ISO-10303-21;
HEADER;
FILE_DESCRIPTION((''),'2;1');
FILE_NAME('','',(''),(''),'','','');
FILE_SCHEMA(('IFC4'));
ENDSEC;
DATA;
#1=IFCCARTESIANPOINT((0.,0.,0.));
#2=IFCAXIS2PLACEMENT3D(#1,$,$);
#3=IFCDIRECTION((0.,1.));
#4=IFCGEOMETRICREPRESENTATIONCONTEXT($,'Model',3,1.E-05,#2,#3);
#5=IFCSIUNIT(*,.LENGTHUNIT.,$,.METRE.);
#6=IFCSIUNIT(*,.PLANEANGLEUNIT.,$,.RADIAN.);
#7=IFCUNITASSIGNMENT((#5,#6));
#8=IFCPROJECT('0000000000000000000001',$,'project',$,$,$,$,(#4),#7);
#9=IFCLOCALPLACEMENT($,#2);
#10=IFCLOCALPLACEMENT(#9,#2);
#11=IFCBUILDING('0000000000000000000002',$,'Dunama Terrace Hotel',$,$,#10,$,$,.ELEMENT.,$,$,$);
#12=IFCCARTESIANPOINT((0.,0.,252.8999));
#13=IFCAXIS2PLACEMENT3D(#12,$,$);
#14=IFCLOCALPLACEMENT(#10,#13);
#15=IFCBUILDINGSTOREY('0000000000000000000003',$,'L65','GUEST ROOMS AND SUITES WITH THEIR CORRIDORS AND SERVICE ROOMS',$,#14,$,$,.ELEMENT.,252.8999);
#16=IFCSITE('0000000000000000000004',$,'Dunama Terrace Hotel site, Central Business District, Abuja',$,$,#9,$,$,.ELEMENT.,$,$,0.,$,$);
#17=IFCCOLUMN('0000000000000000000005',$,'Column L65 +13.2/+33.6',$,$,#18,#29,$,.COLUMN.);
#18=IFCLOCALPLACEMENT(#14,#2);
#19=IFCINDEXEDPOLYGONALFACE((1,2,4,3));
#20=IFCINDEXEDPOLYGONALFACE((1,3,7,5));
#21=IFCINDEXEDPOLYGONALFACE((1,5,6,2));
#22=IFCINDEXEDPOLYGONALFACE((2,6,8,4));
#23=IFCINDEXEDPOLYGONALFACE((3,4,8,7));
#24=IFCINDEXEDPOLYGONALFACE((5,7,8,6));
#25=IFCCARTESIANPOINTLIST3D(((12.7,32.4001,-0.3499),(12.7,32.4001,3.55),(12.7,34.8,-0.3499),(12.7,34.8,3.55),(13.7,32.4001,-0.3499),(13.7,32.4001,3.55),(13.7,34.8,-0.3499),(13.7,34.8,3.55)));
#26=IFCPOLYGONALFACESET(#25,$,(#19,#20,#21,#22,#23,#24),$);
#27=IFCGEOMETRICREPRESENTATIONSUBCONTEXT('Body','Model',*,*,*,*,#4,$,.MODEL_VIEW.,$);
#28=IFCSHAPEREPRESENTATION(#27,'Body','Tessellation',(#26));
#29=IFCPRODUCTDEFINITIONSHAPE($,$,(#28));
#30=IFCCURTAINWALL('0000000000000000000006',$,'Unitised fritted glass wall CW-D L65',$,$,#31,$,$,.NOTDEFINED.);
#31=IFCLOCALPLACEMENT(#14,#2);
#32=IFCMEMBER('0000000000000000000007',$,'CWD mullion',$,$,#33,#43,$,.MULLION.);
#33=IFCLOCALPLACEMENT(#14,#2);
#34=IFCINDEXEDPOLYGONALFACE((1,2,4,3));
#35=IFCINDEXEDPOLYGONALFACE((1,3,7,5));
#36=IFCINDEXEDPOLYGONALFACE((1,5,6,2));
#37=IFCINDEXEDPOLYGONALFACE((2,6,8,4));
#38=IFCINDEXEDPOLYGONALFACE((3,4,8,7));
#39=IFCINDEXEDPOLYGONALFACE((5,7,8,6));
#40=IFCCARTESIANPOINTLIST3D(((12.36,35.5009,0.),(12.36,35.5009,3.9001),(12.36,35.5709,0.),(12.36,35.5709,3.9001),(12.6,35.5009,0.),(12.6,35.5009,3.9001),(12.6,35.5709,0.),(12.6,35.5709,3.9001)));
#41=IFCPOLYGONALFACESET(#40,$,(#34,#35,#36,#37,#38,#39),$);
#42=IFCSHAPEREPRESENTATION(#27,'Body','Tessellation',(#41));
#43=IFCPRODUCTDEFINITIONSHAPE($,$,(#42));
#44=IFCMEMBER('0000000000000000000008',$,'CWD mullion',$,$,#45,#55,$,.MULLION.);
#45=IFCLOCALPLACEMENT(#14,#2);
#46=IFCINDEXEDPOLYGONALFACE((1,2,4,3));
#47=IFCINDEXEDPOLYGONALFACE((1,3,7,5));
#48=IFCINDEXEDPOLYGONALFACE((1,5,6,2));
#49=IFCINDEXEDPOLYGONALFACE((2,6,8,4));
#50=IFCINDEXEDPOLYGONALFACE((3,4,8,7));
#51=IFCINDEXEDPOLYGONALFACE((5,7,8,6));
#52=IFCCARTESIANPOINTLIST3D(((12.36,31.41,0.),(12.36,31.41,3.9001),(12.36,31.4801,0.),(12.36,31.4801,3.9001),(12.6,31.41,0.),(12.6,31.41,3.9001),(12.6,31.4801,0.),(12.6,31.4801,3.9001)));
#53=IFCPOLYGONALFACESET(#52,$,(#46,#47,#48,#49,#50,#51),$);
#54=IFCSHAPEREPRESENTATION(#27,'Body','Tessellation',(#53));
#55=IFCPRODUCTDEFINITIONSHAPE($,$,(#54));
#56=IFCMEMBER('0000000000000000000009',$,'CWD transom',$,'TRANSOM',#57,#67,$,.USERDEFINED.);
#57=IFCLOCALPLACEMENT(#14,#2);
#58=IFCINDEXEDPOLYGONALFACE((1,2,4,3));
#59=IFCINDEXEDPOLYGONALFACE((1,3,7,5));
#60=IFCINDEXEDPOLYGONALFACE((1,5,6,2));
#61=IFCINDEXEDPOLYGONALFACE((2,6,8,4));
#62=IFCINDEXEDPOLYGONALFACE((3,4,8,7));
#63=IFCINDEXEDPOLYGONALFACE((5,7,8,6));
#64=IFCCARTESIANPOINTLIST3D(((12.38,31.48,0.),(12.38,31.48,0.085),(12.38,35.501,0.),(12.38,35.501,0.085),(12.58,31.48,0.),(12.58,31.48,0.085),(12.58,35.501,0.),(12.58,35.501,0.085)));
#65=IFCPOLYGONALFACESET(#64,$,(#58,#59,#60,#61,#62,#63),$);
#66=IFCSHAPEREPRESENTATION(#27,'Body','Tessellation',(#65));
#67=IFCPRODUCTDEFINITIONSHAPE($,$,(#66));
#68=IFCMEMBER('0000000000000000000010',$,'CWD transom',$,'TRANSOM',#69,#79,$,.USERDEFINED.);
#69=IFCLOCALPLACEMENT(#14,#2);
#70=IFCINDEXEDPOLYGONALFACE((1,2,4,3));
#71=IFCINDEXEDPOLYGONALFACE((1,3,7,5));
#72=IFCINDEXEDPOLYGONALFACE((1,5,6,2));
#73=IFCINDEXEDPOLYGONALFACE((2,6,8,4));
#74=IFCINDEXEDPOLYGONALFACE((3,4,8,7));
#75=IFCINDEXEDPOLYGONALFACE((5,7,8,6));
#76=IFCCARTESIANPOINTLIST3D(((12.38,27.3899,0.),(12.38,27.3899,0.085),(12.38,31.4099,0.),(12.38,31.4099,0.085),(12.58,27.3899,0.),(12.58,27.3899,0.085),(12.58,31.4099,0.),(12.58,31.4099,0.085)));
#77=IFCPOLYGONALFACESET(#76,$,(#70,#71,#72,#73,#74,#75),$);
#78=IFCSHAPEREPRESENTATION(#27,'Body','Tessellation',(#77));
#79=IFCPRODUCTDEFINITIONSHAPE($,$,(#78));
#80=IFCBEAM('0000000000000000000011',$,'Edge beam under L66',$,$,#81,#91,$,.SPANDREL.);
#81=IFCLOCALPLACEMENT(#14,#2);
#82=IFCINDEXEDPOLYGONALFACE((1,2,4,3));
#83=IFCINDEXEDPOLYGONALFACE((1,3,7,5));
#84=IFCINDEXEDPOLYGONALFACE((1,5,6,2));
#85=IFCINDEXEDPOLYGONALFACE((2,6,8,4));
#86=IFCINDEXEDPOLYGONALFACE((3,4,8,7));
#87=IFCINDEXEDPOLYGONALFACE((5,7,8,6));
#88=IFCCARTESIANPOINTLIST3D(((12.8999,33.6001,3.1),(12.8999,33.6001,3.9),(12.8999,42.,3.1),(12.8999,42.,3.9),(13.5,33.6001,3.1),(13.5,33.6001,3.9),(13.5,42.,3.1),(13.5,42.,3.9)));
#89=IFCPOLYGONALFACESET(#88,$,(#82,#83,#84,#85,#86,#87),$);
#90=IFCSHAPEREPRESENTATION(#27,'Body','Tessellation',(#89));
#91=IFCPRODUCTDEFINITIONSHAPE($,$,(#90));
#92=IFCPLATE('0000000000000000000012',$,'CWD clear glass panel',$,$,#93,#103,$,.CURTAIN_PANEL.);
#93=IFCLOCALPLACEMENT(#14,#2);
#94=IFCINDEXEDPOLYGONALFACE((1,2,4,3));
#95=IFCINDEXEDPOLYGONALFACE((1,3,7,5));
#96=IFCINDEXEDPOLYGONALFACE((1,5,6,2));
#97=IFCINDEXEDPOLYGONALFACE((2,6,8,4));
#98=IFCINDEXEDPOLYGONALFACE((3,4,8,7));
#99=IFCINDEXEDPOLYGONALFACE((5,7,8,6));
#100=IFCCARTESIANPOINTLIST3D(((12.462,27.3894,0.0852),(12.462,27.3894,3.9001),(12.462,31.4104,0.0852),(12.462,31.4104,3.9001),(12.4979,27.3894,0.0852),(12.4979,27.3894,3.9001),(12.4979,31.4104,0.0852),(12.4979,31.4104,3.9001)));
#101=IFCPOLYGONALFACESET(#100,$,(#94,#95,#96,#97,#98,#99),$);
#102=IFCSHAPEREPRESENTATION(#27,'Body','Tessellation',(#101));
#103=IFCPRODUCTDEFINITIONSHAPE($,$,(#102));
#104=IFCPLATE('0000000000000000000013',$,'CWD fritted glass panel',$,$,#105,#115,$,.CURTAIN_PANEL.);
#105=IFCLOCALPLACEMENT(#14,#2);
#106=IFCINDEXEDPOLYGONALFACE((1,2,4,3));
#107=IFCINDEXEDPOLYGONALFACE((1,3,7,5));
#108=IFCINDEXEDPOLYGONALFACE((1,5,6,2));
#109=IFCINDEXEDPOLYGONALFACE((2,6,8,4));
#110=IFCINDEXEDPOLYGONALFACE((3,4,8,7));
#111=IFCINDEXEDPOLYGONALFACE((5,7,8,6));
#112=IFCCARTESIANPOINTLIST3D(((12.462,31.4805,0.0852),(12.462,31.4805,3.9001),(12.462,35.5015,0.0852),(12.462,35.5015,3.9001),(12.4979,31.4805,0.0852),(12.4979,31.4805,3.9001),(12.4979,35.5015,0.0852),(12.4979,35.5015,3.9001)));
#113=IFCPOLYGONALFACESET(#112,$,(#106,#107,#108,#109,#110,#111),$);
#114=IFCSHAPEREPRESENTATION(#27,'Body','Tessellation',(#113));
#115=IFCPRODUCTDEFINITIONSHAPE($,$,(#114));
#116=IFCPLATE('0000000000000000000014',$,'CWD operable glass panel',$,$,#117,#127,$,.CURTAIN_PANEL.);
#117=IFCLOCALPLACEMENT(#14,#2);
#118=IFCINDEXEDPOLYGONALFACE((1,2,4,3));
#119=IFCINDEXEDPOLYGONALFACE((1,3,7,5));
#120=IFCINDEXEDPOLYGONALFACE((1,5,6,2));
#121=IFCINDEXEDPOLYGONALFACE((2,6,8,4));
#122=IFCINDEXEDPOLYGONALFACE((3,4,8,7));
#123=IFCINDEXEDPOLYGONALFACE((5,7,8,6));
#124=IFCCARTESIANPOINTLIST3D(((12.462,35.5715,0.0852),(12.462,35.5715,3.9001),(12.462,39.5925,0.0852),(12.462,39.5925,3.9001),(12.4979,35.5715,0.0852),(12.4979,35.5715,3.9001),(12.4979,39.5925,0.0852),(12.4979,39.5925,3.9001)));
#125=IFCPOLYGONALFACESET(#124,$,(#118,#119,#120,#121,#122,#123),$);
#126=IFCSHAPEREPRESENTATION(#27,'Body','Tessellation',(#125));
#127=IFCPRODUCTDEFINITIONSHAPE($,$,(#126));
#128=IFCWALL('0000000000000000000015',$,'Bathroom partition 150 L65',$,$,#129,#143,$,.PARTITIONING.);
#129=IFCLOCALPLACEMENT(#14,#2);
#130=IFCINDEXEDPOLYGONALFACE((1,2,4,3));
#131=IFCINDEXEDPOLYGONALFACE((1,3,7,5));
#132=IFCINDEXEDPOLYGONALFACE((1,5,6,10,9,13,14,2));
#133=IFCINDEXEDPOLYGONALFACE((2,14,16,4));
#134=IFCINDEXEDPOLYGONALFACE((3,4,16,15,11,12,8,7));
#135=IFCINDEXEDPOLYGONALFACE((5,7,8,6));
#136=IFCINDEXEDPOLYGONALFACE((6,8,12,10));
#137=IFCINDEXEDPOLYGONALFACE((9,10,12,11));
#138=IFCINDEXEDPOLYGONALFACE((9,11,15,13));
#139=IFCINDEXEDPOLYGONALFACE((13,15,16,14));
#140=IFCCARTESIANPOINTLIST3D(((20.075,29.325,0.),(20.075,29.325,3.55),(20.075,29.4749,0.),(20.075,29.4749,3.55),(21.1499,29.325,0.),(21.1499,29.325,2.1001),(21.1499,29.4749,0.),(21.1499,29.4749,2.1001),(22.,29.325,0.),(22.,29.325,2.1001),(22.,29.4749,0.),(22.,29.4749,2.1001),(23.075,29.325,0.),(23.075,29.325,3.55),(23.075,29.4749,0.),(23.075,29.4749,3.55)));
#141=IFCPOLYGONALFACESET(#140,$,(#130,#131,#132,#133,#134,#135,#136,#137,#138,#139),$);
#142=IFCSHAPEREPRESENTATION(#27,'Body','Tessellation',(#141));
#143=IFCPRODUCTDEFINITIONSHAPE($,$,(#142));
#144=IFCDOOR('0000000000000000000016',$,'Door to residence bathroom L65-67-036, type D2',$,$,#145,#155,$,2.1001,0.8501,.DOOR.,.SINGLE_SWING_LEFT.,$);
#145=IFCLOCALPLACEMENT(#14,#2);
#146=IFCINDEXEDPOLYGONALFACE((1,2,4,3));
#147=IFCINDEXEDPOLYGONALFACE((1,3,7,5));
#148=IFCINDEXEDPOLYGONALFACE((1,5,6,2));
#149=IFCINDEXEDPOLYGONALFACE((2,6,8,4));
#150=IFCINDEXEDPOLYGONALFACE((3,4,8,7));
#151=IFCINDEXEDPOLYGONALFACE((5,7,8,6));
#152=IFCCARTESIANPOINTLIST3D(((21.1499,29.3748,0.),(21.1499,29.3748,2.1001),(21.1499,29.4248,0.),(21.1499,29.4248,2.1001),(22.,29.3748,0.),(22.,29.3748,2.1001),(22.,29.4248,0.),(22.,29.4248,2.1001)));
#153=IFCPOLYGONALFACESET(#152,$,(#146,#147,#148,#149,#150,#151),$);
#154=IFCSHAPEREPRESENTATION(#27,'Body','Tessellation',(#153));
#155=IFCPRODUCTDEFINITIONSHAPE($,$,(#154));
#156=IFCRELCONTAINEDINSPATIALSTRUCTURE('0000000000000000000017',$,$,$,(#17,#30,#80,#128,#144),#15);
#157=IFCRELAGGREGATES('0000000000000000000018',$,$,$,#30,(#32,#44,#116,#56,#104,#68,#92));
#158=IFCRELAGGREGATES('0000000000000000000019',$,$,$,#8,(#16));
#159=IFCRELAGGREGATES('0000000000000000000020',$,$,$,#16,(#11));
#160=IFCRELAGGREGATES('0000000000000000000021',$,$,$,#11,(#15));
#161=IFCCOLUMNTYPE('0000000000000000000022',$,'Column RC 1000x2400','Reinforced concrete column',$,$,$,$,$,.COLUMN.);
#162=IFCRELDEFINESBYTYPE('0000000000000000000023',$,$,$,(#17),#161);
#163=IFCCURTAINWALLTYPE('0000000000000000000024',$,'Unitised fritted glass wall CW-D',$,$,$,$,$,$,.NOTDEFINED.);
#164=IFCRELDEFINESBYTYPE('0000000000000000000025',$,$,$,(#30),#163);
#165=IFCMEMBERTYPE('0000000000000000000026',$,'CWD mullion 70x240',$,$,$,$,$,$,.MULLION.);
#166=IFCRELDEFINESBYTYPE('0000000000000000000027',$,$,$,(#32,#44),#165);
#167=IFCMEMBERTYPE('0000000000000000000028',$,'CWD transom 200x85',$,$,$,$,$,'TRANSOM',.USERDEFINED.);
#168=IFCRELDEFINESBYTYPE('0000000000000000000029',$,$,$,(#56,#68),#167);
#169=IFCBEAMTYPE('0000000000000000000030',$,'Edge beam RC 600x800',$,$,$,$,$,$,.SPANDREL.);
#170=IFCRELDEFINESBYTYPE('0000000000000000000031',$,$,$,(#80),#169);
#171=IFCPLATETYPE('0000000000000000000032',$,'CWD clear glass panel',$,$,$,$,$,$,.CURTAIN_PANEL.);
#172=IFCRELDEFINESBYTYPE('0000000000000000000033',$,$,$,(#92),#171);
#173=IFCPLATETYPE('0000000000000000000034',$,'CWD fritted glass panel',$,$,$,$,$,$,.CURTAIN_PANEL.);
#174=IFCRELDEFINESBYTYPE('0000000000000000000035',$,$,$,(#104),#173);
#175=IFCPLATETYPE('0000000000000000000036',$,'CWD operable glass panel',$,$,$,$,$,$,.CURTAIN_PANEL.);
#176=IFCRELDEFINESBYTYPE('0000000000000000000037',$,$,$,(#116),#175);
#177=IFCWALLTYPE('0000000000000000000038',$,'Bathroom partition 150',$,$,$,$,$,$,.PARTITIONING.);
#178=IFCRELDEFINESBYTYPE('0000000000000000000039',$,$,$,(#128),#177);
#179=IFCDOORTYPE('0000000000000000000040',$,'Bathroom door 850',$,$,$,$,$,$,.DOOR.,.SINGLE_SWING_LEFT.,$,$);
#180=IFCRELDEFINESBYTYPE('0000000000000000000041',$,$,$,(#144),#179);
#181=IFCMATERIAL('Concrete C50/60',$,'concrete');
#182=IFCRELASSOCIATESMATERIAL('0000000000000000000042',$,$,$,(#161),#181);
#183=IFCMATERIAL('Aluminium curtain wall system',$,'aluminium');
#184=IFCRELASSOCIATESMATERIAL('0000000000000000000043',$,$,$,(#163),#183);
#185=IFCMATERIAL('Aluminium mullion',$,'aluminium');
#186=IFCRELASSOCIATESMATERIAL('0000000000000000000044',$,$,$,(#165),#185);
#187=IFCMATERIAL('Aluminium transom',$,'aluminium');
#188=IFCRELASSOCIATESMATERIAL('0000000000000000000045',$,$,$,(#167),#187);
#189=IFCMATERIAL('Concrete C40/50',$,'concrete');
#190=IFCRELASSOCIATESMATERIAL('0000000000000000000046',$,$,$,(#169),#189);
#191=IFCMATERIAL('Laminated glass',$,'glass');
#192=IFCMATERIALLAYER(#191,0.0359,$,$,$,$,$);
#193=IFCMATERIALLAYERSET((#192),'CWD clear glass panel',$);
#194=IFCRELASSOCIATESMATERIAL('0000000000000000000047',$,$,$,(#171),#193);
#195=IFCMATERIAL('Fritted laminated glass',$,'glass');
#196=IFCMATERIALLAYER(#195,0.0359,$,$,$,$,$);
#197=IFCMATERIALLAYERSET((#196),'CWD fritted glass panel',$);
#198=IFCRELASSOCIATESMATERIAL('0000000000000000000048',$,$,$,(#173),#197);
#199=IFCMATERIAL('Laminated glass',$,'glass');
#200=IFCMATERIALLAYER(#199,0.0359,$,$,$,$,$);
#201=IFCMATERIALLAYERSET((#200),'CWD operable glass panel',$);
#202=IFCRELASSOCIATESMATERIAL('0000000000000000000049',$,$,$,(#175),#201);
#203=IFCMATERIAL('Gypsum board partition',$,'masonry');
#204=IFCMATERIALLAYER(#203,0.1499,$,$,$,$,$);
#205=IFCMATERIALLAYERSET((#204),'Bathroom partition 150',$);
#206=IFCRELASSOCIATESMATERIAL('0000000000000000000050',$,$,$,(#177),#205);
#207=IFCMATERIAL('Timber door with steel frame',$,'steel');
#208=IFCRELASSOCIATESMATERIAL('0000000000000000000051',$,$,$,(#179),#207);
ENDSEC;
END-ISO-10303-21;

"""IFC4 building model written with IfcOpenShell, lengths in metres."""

from ifc_helpers import new_model, si_unit, direction, frame, frame_2d, origin, origin_2d, place, context, subcontext, project, spatial, rectangle, extrude, material, layer, layer_set, material_profile, profile_set, type_object, element, fill, aggregate, save


model = new_model("IFC4")

# Units and contexts
model_context = context("Model", 3, precision=1e-05, world=origin(), true_north=direction((0.0, 1.0)))
body_context = subcontext(model_context, "Body", "Model", "MODEL_VIEW")
ifc_project = project(units=[si_unit("LENGTHUNIT", "METRE"), si_unit("PLANEANGLEUNIT", "RADIAN")], contexts=[model_context])

# Site, building, storey
site_placement = place(None, origin())
site = spatial("IfcSite", under=ifc_project, at=site_placement, Name="Dunama Terrace Hotel site, Central Business District, Abuja", CompositionType="ELEMENT", RefElevation=0.0)
building_placement = place(site_placement, origin())
building = spatial("IfcBuilding", under=site, at=building_placement, Name="Dunama Terrace Hotel", CompositionType="ELEMENT")
storey_placement = place(building_placement, frame((0.0, 0.0, 252.8999)))
storey = spatial("IfcBuildingStorey", under=building, at=storey_placement, Name="L65", Description="GUEST ROOMS AND SUITES WITH THEIR CORRIDORS AND SERVICE ROOMS", CompositionType="ELEMENT", Elevation=252.8999)

# Column
ifc_material_1 = material(Name="Concrete C50/60", Category="concrete")
ifc_material_profile_1 = material_profile(ifc_material_1, rectangle(XDim=1.0, YDim=2.3999, at=origin_2d()), Name="RC 1000x2400")
ifc_profile_set_1 = profile_set([ifc_material_profile_1], Name="Concrete C50/60")
column_type = type_object("IfcColumnType", Name="Column RC 1000x2400", Description="Reinforced concrete column", PredefinedType="COLUMN", material=ifc_profile_set_1)
column_placement = place(storey_placement, frame((13.2, 33.6001, -0.3499), z_axis=(0.0, 0.0, 1.0), x_axis=(1.0, 0.0, 0.0)))
element("IfcColumn", 1, at=column_placement, inside=storey, type_object=column_type, Name="Column L65 +13.2/+33.6", PredefinedType="COLUMN", context=body_context, shape_type="SweptSolid", body=[
    extrude(rectangle(XDim=1.0, YDim=2.3999, at=origin_2d()), origin(), (0.0, 0.0, 1.0), 3.8999),
])

# Curtain wall, members
ifc_material_2 = material(Name="Aluminium curtain wall system", Category="aluminium")
curtain_wall_type = type_object("IfcCurtainWallType", Name="Unitised fritted glass wall CW-D", PredefinedType="NOTDEFINED", material=ifc_material_2)
curtain_wall_placement = place(storey_placement, origin())
curtain_wall = element("IfcCurtainWall", 2, at=curtain_wall_placement, inside=storey, type_object=curtain_wall_type, Name="Unitised fritted glass wall CW-D L65", PredefinedType="NOTDEFINED")
ifc_material_3 = material(Name="Aluminium mullion", Category="aluminium")
ifc_material_profile_2 = material_profile(ifc_material_3, rectangle(XDim=0.0701, YDim=0.24, at=origin_2d()), Name="CWD MULLION 70X240")
ifc_profile_set_2 = profile_set([ifc_material_profile_2], Name="Aluminium mullion")
member_type_1 = type_object("IfcMemberType", Name="CWD mullion 70x240", PredefinedType="MULLION", material=ifc_profile_set_2)
member_1_placement = place(storey_placement, frame((12.48, 35.5359, 0.0), z_axis=(0.0, 0.0, 1.0), x_axis=(0.0, -1.0, 0.0)))
member_1 = element("IfcMember", 3, at=member_1_placement, type_object=member_type_1, Name="CWD mullion", PredefinedType="MULLION", context=body_context, shape_type="SweptSolid", body=[
    extrude(rectangle(XDim=0.0701, YDim=0.24, at=origin_2d()), origin(), (0.0, 0.0, 1.0), 3.9001),
])
member_2_placement = place(storey_placement, frame((12.48, 31.4451, 0.0), z_axis=(0.0, 0.0, 1.0), x_axis=(0.0, -1.0, 0.0)))
member_2 = element("IfcMember", 4, at=member_2_placement, type_object=member_type_1, Name="CWD mullion", PredefinedType="MULLION", context=body_context, shape_type="SweptSolid", body=[
    extrude(rectangle(XDim=0.0701, YDim=0.24, at=origin_2d()), origin(), (0.0, 0.0, 1.0), 3.9001),
])
ifc_material_4 = material(Name="Aluminium transom", Category="aluminium")
ifc_material_profile_3 = material_profile(ifc_material_4, rectangle(XDim=0.2, YDim=0.085, at=origin_2d()), Name="CWD TRANSOM 200X85")
ifc_profile_set_3 = profile_set([ifc_material_profile_3], Name="Aluminium transom")
member_type_2 = type_object("IfcMemberType", Name="CWD transom 200x85", ElementType="TRANSOM", PredefinedType="USERDEFINED", material=ifc_profile_set_3)
member_3_placement = place(storey_placement, frame((12.48, 35.501, 0.0425), z_axis=(0.0, -1.0, 0.0), x_axis=(1.0, 0.0, 0.0)))
member_3 = element("IfcMember", 5, at=member_3_placement, type_object=member_type_2, Name="CWD transom", ObjectType="TRANSOM", PredefinedType="USERDEFINED", context=body_context, shape_type="SweptSolid", body=[
    extrude(rectangle(XDim=0.2, YDim=0.085, at=origin_2d()), origin(), (0.0, 0.0, 1.0), 4.021),
])
member_4_placement = place(storey_placement, frame((12.48, 31.4099, 0.0425), z_axis=(0.0, -1.0, 0.0), x_axis=(1.0, 0.0, 0.0)))
member_4 = element("IfcMember", 6, at=member_4_placement, type_object=member_type_2, Name="CWD transom", ObjectType="TRANSOM", PredefinedType="USERDEFINED", context=body_context, shape_type="SweptSolid", body=[
    extrude(rectangle(XDim=0.2, YDim=0.085, at=origin_2d()), origin(), (0.0, 0.0, 1.0), 4.02),
])

# Beam
ifc_material_5 = material(Name="Concrete C40/50", Category="concrete")
ifc_material_profile_4 = material_profile(ifc_material_5, rectangle(XDim=0.6001, YDim=0.8, at=origin_2d()), Name="RC 600x800")
ifc_profile_set_4 = profile_set([ifc_material_profile_4], Name="Concrete C40/50")
beam_type = type_object("IfcBeamType", Name="Edge beam RC 600x800", PredefinedType="SPANDREL", material=ifc_profile_set_4)
beam_placement = place(storey_placement, frame((13.2, 33.6001, 3.5), z_axis=(0.0, 1.0, 0.0), x_axis=(-1.0, 0.0, 0.0)))
element("IfcBeam", 7, at=beam_placement, inside=storey, type_object=beam_type, Name="Edge beam under L66", PredefinedType="SPANDREL", context=body_context, shape_type="SweptSolid", body=[
    extrude(rectangle(XDim=0.6001, YDim=0.8, at=origin_2d()), origin(), (0.0, 0.0, 1.0), 8.3999),
])

# Plates
ifc_material_6 = material(Name="Laminated glass", Category="glass")
ifc_layer_1 = layer(ifc_material_6, 0.0359)
ifc_layer_set_1 = layer_set([ifc_layer_1], Name="CWD clear glass panel")
plate_type_1 = type_object("IfcPlateType", Name="CWD clear glass panel", PredefinedType="CURTAIN_PANEL", material=ifc_layer_set_1)
plate_1_placement = place(storey_placement, frame((12.48, 29.3999, 0.0852), z_axis=(0.0, 0.0, 1.0), x_axis=(0.0, -1.0, 0.0)))
plate_1 = element("IfcPlate", 8, at=plate_1_placement, type_object=plate_type_1, Name="CWD clear glass panel", PredefinedType="CURTAIN_PANEL", context=body_context, shape_type="SweptSolid", body=[
    extrude(rectangle(XDim=4.021, YDim=0.0359, at=origin_2d()), origin(), (0.0, 0.0, 1.0), 3.8149),
])
ifc_material_7 = material(Name="Fritted laminated glass", Category="glass")
ifc_layer_2 = layer(ifc_material_7, 0.0359)
ifc_layer_set_2 = layer_set([ifc_layer_2], Name="CWD fritted glass panel")
plate_type_2 = type_object("IfcPlateType", Name="CWD fritted glass panel", PredefinedType="CURTAIN_PANEL", material=ifc_layer_set_2)
plate_2_placement = place(storey_placement, frame((12.48, 33.491, 0.0852), z_axis=(0.0, 0.0, 1.0), x_axis=(0.0, -1.0, 0.0)))
plate_2 = element("IfcPlate", 9, at=plate_2_placement, type_object=plate_type_2, Name="CWD fritted glass panel", PredefinedType="CURTAIN_PANEL", context=body_context, shape_type="SweptSolid", body=[
    extrude(rectangle(XDim=4.021, YDim=0.0359, at=origin_2d()), origin(), (0.0, 0.0, 1.0), 3.8149),
])
ifc_material_8 = material(Name="Laminated glass", Category="glass")
ifc_layer_3 = layer(ifc_material_8, 0.0359)
ifc_layer_set_3 = layer_set([ifc_layer_3], Name="CWD operable glass panel")
plate_type_3 = type_object("IfcPlateType", Name="CWD operable glass panel", PredefinedType="CURTAIN_PANEL", material=ifc_layer_set_3)
plate_3_placement = place(storey_placement, frame((12.48, 37.582, 0.0852), z_axis=(0.0, 0.0, 1.0), x_axis=(0.0, -1.0, 0.0)))
plate_3 = element("IfcPlate", 10, at=plate_3_placement, type_object=plate_type_3, Name="CWD operable glass panel", PredefinedType="CURTAIN_PANEL", context=body_context, shape_type="SweptSolid", body=[
    extrude(rectangle(XDim=4.021, YDim=0.0359, at=origin_2d()), origin(), (0.0, 0.0, 1.0), 3.8149),
])
aggregate(curtain_wall, [member_1, member_2, plate_3, member_3, plate_2, member_4, plate_1])

# Wall, opening, door
ifc_material_9 = material(Name="Gypsum board partition", Category="masonry")
ifc_layer_4 = layer(ifc_material_9, 0.1499)
ifc_layer_set_4 = layer_set([ifc_layer_4], Name="Bathroom partition 150")
wall_type_1 = type_object("IfcWallType", Name="Bathroom partition 150", PredefinedType="PARTITIONING", material=ifc_layer_set_4)
wall_1_placement = place(storey_placement, frame((20.075, 29.3999, 0.0), z_axis=(0.0, 0.0, 1.0), x_axis=(1.0, 0.0, 0.0)))
wall_1 = element("IfcWall", 11, at=wall_1_placement, inside=storey, type_object=wall_type_1, Name="Bathroom partition 150 L65", PredefinedType="PARTITIONING", context=body_context, shape_type="SweptSolid", body=[
    extrude(rectangle(XDim=3.0, YDim=0.1499, at=frame_2d((1.5, 0.0))), origin(), (0.0, 0.0, 1.0), 3.55),
])
opening_1_placement = place(wall_1_placement, frame((1.075, 0.0, 0.0)))
opening_1 = element("IfcOpeningElement", 12, at=opening_1_placement, cuts=wall_1, PredefinedType="OPENING", context=body_context, shape_type="SweptSolid", body=[
    extrude(rectangle(XDim=0.8501, YDim=2.1001, at=frame_2d((0.425, 1.05))), frame((0.0, 0.085, 0.0), z_axis=(0.0, -1.0, 0.0), x_axis=(1.0, 0.0, 0.0)), (0.0, 0.0, 1.0), 0.1699),
])
ifc_material_10 = material(Name="Timber door with steel frame", Category="steel")
door_type_1 = type_object("IfcDoorType", Name="Bathroom door 850", OperationType="SINGLE_SWING_LEFT", PredefinedType="DOOR", material=ifc_material_10)
door_1_placement = place(opening_1_placement, frame((0.8501, 0.0, 0.0), z_axis=(0.0, 0.0, 1.0), x_axis=(-1.0, 0.0, 0.0)))
door_1 = element("IfcDoor", 13, at=door_1_placement, inside=storey, type_object=door_type_1, Name="Door to residence bathroom L65-67-036, type D2", OperationType="SINGLE_SWING_LEFT", OverallHeight=2.1001, OverallWidth=0.8501, PredefinedType="DOOR", context=body_context, shape_type="SweptSolid", body=[
    extrude(rectangle(XDim=0.8501, YDim=2.1001, at=frame_2d((0.425, 1.05))), frame((0.0, 0.0251, 0.0), z_axis=(0.0, -1.0, 0.0), x_axis=(1.0, 0.0, 0.0)), (0.0, 0.0, 1.0), 0.05),
])
fill(opening_1, door_1)

save(model, "model.ifc")
